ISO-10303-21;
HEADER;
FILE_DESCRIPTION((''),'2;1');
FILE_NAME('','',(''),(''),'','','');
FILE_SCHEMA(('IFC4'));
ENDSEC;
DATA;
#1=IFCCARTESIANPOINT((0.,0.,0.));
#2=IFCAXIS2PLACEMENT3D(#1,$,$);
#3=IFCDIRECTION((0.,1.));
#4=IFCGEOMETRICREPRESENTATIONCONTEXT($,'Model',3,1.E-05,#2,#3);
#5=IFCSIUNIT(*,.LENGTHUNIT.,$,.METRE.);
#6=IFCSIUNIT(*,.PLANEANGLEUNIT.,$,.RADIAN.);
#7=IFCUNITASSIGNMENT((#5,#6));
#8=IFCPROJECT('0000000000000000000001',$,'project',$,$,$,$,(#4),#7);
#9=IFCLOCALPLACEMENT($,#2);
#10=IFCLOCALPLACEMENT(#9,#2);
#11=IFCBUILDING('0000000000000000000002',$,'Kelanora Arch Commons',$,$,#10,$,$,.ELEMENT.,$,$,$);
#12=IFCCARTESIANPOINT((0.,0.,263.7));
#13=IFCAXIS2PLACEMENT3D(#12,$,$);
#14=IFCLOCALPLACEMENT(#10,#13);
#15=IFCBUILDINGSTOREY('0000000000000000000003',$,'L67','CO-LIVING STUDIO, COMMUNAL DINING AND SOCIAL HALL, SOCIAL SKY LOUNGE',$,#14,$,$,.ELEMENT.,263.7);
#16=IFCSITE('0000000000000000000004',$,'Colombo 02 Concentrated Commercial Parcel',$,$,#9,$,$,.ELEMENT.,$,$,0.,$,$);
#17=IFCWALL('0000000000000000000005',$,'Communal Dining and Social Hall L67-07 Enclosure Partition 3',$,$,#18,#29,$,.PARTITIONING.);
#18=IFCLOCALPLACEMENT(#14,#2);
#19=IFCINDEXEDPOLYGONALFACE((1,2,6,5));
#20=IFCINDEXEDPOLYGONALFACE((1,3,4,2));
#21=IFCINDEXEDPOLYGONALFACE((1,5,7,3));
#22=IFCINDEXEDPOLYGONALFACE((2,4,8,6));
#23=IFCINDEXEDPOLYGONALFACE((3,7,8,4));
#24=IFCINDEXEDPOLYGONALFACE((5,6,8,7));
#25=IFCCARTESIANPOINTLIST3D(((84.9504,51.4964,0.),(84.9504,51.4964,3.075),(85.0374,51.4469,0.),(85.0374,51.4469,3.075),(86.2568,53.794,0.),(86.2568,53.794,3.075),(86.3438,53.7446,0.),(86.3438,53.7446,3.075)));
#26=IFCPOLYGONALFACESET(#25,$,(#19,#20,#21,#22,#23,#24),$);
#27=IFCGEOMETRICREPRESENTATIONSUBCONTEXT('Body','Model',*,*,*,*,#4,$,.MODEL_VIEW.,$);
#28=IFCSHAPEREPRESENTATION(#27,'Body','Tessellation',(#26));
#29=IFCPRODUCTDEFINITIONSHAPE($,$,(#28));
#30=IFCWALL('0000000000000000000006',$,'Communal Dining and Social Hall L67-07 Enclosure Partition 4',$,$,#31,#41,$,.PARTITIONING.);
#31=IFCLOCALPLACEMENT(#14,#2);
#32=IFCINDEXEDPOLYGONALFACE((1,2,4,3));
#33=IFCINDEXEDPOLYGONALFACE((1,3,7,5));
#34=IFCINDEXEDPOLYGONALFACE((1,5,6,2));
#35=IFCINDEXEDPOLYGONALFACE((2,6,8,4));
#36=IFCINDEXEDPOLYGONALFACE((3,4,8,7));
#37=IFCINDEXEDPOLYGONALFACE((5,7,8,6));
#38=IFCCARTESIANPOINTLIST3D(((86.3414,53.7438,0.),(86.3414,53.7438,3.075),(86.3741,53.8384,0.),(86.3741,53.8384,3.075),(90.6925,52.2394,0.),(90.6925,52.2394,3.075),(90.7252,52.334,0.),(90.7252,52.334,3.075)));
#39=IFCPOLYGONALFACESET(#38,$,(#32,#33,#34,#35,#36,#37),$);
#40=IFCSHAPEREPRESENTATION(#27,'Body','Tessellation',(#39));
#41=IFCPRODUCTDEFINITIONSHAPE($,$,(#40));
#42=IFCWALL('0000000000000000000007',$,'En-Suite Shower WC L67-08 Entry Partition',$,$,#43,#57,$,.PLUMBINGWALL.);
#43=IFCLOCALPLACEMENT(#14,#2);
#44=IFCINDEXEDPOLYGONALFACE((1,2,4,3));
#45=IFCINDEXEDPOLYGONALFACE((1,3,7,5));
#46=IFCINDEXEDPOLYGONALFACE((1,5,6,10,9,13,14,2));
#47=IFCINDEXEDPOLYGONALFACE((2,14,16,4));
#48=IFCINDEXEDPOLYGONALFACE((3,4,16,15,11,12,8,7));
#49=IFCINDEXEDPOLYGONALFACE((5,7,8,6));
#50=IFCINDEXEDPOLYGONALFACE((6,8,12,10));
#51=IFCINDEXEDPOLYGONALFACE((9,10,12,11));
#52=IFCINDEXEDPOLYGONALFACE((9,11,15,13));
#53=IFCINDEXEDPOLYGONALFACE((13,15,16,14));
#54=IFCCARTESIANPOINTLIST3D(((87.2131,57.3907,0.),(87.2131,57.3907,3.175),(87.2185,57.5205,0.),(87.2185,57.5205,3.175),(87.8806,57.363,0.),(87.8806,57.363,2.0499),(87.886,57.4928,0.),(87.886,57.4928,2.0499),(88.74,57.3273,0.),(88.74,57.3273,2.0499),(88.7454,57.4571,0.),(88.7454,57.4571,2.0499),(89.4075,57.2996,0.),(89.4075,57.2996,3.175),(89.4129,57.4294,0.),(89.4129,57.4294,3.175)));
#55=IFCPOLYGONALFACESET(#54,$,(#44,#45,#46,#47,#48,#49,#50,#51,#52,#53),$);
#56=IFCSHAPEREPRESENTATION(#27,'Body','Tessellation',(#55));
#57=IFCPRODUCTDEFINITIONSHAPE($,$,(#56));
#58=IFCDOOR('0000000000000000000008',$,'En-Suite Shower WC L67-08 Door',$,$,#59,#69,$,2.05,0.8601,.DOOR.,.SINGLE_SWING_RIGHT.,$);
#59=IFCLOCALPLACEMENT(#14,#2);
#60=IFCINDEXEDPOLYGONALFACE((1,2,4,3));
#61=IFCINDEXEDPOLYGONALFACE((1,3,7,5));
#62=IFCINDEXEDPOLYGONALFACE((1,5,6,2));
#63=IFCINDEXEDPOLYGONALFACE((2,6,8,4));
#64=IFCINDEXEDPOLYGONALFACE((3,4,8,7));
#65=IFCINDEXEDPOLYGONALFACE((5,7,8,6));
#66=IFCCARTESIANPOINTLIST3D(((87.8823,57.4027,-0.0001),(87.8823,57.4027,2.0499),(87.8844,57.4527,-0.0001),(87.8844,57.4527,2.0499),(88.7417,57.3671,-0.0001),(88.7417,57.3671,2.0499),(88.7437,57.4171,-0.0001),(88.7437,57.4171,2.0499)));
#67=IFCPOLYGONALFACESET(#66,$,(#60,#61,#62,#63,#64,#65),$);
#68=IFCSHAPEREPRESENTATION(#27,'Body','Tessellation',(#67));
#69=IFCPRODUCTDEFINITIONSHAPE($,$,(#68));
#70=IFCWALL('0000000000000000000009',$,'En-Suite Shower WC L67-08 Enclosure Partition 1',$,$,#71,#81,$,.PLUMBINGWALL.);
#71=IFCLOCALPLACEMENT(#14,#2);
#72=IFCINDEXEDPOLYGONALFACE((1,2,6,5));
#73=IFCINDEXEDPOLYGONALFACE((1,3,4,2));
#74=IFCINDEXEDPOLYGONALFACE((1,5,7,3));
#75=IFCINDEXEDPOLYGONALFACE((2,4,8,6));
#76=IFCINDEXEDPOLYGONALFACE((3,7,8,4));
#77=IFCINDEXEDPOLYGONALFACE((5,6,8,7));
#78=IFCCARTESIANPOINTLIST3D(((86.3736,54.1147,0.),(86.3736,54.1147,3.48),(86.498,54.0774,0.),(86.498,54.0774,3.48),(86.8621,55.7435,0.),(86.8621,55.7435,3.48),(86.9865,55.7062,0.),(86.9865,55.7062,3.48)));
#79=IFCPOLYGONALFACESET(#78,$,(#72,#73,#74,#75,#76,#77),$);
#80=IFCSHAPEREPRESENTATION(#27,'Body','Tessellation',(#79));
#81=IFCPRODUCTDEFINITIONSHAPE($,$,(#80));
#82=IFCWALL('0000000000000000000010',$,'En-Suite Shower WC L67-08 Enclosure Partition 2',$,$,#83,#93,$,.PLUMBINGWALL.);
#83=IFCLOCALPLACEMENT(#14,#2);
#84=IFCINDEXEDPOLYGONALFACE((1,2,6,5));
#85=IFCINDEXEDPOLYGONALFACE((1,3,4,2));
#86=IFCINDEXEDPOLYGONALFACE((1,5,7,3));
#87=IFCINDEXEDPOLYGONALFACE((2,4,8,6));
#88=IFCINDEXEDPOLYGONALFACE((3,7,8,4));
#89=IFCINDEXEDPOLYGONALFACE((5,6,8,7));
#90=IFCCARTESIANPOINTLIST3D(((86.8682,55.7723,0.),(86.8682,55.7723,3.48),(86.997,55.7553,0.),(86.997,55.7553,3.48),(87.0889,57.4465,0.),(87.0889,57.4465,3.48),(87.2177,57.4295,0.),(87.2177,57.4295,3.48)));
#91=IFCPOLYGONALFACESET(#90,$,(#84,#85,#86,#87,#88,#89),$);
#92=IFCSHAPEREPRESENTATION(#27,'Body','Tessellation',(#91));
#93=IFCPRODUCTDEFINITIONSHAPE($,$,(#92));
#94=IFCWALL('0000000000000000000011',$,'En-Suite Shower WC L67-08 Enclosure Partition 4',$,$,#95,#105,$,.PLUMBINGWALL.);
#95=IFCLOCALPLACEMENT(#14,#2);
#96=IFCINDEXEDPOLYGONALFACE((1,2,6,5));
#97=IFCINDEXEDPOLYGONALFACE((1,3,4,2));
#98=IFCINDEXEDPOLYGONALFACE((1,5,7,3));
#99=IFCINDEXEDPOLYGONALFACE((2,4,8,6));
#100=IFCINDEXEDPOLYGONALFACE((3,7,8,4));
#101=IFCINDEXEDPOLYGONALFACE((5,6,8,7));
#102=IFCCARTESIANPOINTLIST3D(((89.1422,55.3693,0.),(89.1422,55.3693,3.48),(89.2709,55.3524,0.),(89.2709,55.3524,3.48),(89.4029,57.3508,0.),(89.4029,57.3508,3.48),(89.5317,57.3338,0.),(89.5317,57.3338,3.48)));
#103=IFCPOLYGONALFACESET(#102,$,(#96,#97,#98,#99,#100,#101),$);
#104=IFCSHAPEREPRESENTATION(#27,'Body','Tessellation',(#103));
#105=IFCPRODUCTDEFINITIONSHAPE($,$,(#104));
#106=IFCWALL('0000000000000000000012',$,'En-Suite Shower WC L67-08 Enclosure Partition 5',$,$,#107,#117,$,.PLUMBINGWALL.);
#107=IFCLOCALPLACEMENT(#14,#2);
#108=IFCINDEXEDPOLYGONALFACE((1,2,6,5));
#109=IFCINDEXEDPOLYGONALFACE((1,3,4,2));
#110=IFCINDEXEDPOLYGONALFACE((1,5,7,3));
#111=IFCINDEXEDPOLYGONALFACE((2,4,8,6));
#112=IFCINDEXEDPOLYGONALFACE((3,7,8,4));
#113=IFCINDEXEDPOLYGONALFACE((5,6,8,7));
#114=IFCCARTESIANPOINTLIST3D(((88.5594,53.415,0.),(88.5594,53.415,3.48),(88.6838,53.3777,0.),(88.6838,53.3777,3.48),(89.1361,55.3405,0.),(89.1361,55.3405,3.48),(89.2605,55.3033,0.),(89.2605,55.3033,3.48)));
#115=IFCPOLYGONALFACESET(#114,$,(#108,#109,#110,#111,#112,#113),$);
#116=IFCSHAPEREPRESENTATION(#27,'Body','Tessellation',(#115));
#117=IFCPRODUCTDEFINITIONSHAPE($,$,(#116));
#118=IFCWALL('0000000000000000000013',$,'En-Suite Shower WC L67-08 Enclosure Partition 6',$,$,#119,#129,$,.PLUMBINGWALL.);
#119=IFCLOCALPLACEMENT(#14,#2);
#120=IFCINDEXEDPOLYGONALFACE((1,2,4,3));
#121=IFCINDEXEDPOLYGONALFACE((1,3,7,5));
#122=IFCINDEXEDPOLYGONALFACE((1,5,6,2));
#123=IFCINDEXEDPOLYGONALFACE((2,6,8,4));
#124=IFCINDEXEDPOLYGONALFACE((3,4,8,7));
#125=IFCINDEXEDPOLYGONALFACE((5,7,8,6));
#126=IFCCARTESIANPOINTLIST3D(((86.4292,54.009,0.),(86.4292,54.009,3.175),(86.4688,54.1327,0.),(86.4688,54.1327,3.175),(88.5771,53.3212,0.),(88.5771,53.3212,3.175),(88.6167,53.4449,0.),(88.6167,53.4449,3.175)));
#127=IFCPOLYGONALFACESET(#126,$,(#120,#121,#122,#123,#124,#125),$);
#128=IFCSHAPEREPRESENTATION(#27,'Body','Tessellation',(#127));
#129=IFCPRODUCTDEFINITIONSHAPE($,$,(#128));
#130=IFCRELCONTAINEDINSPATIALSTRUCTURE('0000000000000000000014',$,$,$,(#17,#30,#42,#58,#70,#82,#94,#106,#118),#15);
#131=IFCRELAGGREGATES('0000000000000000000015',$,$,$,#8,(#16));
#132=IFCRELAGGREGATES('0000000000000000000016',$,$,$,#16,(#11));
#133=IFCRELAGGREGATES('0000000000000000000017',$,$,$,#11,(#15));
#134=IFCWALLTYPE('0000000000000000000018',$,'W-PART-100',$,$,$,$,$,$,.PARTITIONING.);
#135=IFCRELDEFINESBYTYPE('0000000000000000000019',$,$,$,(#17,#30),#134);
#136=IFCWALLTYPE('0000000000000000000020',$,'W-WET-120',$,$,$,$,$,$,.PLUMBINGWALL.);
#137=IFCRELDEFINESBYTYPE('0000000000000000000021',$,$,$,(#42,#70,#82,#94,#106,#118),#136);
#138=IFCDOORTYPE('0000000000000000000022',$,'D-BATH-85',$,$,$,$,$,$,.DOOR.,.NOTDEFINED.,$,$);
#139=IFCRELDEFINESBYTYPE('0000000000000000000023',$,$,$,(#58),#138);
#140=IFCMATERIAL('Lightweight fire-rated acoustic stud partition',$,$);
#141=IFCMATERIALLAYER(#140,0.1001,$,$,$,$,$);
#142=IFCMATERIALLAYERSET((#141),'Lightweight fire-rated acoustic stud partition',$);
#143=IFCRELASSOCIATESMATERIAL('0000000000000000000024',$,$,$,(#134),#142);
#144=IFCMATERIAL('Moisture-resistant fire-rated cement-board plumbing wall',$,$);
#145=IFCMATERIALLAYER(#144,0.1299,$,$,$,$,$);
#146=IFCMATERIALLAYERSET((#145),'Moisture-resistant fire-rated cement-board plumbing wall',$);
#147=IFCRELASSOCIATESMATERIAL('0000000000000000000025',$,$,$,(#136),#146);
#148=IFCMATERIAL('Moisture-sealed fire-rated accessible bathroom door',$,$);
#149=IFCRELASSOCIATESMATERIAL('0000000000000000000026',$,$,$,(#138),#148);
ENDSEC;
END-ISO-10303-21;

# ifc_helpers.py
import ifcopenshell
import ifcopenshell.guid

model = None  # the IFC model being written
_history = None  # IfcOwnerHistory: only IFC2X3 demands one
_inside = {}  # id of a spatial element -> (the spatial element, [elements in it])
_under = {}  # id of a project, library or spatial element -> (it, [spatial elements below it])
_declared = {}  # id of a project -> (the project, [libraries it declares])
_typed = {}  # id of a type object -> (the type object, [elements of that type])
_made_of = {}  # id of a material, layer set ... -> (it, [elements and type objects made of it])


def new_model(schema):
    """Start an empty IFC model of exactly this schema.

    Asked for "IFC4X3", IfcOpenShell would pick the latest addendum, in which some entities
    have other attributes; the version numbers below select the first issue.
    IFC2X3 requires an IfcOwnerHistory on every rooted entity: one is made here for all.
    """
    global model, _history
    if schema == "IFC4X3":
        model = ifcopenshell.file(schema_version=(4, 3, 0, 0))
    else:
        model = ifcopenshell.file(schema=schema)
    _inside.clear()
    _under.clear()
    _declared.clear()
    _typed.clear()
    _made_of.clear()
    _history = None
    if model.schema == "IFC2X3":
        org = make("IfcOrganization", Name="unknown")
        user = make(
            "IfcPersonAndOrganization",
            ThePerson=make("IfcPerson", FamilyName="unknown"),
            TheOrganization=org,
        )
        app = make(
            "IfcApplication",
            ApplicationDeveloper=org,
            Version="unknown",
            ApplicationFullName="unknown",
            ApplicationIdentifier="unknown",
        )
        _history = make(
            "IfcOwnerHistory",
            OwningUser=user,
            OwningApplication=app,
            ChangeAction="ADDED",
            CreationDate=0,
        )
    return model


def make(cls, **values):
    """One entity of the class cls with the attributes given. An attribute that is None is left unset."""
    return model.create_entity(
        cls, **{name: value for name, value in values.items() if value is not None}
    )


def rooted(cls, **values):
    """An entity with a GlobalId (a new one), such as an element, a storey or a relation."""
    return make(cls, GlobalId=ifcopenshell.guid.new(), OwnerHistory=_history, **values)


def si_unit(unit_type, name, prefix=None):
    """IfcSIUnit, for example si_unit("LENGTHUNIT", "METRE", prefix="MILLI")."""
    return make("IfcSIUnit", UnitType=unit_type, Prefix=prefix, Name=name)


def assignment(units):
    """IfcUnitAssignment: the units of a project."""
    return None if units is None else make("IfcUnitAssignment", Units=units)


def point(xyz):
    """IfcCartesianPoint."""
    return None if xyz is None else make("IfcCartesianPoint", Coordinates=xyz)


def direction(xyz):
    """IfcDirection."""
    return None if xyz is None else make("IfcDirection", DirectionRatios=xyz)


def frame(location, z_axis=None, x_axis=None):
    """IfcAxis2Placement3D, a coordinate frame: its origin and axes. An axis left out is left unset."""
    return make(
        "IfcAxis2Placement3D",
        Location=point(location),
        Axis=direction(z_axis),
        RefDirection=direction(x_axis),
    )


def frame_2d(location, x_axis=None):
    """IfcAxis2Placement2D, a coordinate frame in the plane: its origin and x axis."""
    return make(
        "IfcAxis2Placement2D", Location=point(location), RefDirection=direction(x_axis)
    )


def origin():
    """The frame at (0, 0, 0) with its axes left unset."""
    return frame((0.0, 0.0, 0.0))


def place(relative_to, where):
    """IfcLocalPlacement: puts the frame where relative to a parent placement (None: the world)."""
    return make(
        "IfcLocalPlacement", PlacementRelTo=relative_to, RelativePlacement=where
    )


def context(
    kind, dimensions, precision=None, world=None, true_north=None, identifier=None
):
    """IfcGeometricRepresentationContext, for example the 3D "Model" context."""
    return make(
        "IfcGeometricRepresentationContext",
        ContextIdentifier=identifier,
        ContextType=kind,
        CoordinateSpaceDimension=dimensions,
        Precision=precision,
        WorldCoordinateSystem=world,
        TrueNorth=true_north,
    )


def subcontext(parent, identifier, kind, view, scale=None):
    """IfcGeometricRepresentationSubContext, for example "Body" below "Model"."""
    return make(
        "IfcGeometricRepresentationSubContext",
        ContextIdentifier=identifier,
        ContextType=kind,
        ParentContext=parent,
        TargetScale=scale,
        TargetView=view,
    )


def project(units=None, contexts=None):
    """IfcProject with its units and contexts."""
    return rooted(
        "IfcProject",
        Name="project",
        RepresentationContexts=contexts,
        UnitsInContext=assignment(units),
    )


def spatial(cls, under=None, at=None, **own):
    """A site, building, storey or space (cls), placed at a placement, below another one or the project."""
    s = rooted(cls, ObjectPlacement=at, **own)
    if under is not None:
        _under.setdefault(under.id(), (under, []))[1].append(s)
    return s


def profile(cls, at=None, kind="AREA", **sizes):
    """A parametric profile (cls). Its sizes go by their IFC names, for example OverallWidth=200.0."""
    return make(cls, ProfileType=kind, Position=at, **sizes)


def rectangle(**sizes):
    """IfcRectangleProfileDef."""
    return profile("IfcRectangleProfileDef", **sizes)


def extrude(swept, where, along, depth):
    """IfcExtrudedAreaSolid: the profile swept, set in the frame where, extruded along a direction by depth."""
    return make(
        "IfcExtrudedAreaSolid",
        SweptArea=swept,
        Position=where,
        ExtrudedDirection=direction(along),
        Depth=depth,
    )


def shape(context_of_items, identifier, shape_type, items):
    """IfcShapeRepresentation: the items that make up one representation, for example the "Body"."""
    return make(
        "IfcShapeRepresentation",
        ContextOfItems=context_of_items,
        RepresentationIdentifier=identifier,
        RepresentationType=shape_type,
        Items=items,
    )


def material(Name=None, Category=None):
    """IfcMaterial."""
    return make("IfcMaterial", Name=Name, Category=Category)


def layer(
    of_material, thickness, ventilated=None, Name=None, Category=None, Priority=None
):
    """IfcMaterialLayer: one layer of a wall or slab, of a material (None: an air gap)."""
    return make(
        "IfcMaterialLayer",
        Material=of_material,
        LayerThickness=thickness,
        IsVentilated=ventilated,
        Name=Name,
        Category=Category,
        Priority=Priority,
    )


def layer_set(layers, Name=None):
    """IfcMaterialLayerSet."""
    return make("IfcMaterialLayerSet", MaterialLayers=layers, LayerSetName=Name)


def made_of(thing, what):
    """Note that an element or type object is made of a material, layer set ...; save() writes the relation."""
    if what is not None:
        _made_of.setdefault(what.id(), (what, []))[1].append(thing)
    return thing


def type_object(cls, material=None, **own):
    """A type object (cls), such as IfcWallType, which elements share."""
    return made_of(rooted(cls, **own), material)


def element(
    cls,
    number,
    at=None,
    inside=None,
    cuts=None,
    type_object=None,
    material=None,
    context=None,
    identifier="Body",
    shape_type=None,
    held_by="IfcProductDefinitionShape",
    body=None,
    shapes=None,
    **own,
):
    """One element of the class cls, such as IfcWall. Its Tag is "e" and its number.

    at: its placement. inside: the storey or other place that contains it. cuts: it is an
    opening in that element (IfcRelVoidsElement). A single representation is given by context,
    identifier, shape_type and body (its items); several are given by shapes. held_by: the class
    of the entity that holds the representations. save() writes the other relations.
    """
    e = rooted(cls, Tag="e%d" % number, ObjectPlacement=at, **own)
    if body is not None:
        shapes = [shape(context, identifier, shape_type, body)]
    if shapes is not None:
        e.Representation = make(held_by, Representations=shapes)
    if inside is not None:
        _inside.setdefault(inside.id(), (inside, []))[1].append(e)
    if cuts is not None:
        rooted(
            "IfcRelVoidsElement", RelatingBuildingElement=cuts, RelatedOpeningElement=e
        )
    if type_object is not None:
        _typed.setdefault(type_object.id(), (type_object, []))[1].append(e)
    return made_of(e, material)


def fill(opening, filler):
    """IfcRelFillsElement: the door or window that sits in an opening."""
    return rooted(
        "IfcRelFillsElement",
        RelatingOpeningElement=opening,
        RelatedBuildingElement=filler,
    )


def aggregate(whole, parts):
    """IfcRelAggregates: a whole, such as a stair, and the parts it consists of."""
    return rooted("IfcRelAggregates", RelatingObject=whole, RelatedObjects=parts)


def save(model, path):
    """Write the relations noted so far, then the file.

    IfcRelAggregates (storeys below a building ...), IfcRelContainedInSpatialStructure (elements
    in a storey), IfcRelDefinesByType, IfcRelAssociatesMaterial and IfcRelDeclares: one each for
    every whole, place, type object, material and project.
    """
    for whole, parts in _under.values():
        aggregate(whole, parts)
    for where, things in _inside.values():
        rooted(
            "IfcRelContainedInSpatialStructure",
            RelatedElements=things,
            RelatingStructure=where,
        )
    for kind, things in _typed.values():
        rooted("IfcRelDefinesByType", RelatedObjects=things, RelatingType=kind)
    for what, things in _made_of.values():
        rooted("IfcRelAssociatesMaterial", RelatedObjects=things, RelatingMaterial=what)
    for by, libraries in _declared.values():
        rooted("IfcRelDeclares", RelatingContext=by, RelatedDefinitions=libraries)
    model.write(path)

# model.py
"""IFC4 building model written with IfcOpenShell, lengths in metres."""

from ifc_helpers import new_model, si_unit, direction, frame, frame_2d, origin, place, context, subcontext, project, spatial, rectangle, extrude, material, layer, layer_set, type_object, element, fill, save


model = new_model("IFC4")

# Units and contexts
model_context = context("Model", 3, precision=1e-05, world=origin(), true_north=direction((0.0, 1.0)))
body_context = subcontext(model_context, "Body", "Model", "MODEL_VIEW")
ifc_project = project(units=[si_unit("LENGTHUNIT", "METRE"), si_unit("PLANEANGLEUNIT", "RADIAN")], contexts=[model_context])

# Site, building, storey
site_placement = place(None, origin())
site = spatial("IfcSite", under=ifc_project, at=site_placement, Name="Colombo 02 Concentrated Commercial Parcel", CompositionType="ELEMENT", RefElevation=0.0)
building_placement = place(site_placement, origin())
building = spatial("IfcBuilding", under=site, at=building_placement, Name="Kelanora Arch Commons", CompositionType="ELEMENT")
storey_placement = place(building_placement, frame((0.0, 0.0, 263.7)))
storey = spatial("IfcBuildingStorey", under=building, at=storey_placement, Name="L67", Description="CO-LIVING STUDIO, COMMUNAL DINING AND SOCIAL HALL, SOCIAL SKY LOUNGE", CompositionType="ELEMENT", Elevation=263.7)

# Walls
ifc_material_1 = material(Name="Lightweight fire-rated acoustic stud partition")
ifc_layer_1 = layer(ifc_material_1, 0.1001)
ifc_layer_set_1 = layer_set([ifc_layer_1], Name="Lightweight fire-rated acoustic stud partition")
wall_type_1 = type_object("IfcWallType", Name="W-PART-100", PredefinedType="PARTITIONING", material=ifc_layer_set_1)
wall_1_placement = place(storey_placement, frame((84.9939, 51.4717, 0.0), z_axis=(0.0, 0.0, 1.0), x_axis=(0.494278, 0.869304, 0.0)))
element("IfcWall", 1, at=wall_1_placement, inside=storey, type_object=wall_type_1, Name="Communal Dining and Social Hall L67-07 Enclosure Partition 3", PredefinedType="PARTITIONING", context=body_context, shape_type="SweptSolid", body=[
    extrude(rectangle(XDim=2.6431, YDim=0.1001, at=frame_2d((1.3215, 0.0))), origin(), (0.0, 0.0, 1.0), 3.075),
])
wall_2_placement = place(storey_placement, frame((86.3579, 53.791, 0.0), z_axis=(0.0, 0.0, 1.0), x_axis=(0.945103, -0.326772, 0.0)))
element("IfcWall", 2, at=wall_2_placement, inside=storey, type_object=wall_type_1, Name="Communal Dining and Social Hall L67-07 Enclosure Partition 4", PredefinedType="PARTITIONING", context=body_context, shape_type="SweptSolid", body=[
    extrude(rectangle(XDim=4.6038, YDim=0.1001, at=frame_2d((2.3018, 0.0))), origin(), (0.0, 0.0, 1.0), 3.075),
])

# Wall, opening, door
ifc_material_2 = material(Name="Moisture-resistant fire-rated cement-board plumbing wall")
ifc_layer_2 = layer(ifc_material_2, 0.1299)
ifc_layer_set_2 = layer_set([ifc_layer_2], Name="Moisture-resistant fire-rated cement-board plumbing wall")
wall_type_2 = type_object("IfcWallType", Name="W-WET-120", PredefinedType="PLUMBINGWALL", material=ifc_layer_set_2)
wall_3_placement = place(storey_placement, frame((87.2158, 57.4556, 0.0), z_axis=(0.0, 0.0, 1.0), x_axis=(0.99914, -0.041464, 0.0)))
wall_3 = element("IfcWall", 3, at=wall_3_placement, inside=storey, type_object=wall_type_2, Name="En-Suite Shower WC L67-08 Entry Partition", PredefinedType="PLUMBINGWALL", context=body_context, shape_type="SweptSolid", body=[
    extrude(rectangle(XDim=2.1963, YDim=0.1299, at=frame_2d((1.0981, 0.0))), origin(), (0.0, 0.0, 1.0), 3.175),
])
opening_1_placement = place(wall_3_placement, frame((0.668, 0.0, 0.0)))
opening_1 = element("IfcOpeningElement", 4, at=opening_1_placement, cuts=wall_3, PredefinedType="OPENING", context=body_context, shape_type="SweptSolid", body=[
    extrude(rectangle(XDim=0.8601, YDim=2.05, at=frame_2d((0.4302, 1.0249))), frame((0.0, 0.075, 0.0), z_axis=(0.0, -1.0, 0.0), x_axis=(1.0, 0.0, 0.0)), (0.0, 0.0, 1.0), 0.1499),
])
ifc_material_3 = material(Name="Moisture-sealed fire-rated accessible bathroom door")
door_type_1 = type_object("IfcDoorType", Name="D-BATH-85", OperationType="NOTDEFINED", PredefinedType="DOOR", material=ifc_material_3)
door_1_placement = place(opening_1_placement, origin())
door_1 = element("IfcDoor", 5, at=door_1_placement, inside=storey, type_object=door_type_1, Name="En-Suite Shower WC L67-08 Door", OperationType="SINGLE_SWING_RIGHT", OverallHeight=2.05, OverallWidth=0.8601, PredefinedType="DOOR", context=body_context, shape_type="SweptSolid", body=[
    extrude(rectangle(XDim=0.8601, YDim=2.05, at=frame_2d((0.4302, 1.0249))), frame((0.0, 0.0249, 0.0), z_axis=(0.0, -1.0, 0.0), x_axis=(1.0, 0.0, 0.0)), (0.0, 0.0, 1.0), 0.05),
])
fill(opening_1, door_1)

# Walls
wall_4_placement = place(storey_placement, frame((86.4358, 54.0962, 0.0), z_axis=(0.0, 0.0, 1.0), x_axis=(0.287308, 0.957838, 0.0)))
element("IfcWall", 6, at=wall_4_placement, inside=storey, type_object=wall_type_2, Name="En-Suite Shower WC L67-08 Enclosure Partition 1", PredefinedType="PLUMBINGWALL", context=body_context, shape_type="SweptSolid", body=[
    extrude(rectangle(XDim=1.7004, YDim=0.1299, at=frame_2d((0.8501, 0.0))), origin(), (0.0, 0.0, 1.0), 3.48),
])
wall_5_placement = place(storey_placement, frame((86.9326, 55.7639, 0.0), z_axis=(0.0, 0.0, 1.0), x_axis=(0.130686, 0.991424, 0.0)))
element("IfcWall", 7, at=wall_5_placement, inside=storey, type_object=wall_type_2, Name="En-Suite Shower WC L67-08 Enclosure Partition 2", PredefinedType="PLUMBINGWALL", context=body_context, shape_type="SweptSolid", body=[
    extrude(rectangle(XDim=1.6887, YDim=0.1299, at=frame_2d((0.8442, 0.0))), origin(), (0.0, 0.0, 1.0), 3.48),
])
wall_6_placement = place(storey_placement, frame((89.4673, 57.3423, 0.0), z_axis=(0.0, 0.0, 1.0), x_axis=(-0.130467, -0.991453, 0.0)))
element("IfcWall", 8, at=wall_6_placement, inside=storey, type_object=wall_type_2, Name="En-Suite Shower WC L67-08 Enclosure Partition 4", PredefinedType="PLUMBINGWALL", context=body_context, shape_type="SweptSolid", body=[
    extrude(rectangle(XDim=1.9985, YDim=0.1299, at=frame_2d((0.9993, 0.0))), origin(), (0.0, 0.0, 1.0), 3.48),
])
wall_7_placement = place(storey_placement, frame((89.1982, 55.3218, 0.0), z_axis=(0.0, 0.0, 1.0), x_axis=(-0.286891, -0.957963, 0.0)))
element("IfcWall", 9, at=wall_7_placement, inside=storey, type_object=wall_type_2, Name="En-Suite Shower WC L67-08 Enclosure Partition 5", PredefinedType="PLUMBINGWALL", context=body_context, shape_type="SweptSolid", body=[
    extrude(rectangle(XDim=2.01, YDim=0.1299, at=frame_2d((1.0049, 0.0))), origin(), (0.0, 0.0, 1.0), 3.48),
])
wall_8_placement = place(storey_placement, frame((88.5969, 53.3831, 0.0), z_axis=(0.0, 0.0, 1.0), x_axis=(-0.952373, 0.304937, 0.0)))
element("IfcWall", 10, at=wall_8_placement, inside=storey, type_object=wall_type_2, Name="En-Suite Shower WC L67-08 Enclosure Partition 6", PredefinedType="PLUMBINGWALL", context=body_context, shape_type="SweptSolid", body=[
    extrude(rectangle(XDim=2.2554, YDim=0.1299, at=frame_2d((1.1277, 0.0))), origin(), (0.0, 0.0, 1.0), 3.175),
])

save(model, "model.ifc")
